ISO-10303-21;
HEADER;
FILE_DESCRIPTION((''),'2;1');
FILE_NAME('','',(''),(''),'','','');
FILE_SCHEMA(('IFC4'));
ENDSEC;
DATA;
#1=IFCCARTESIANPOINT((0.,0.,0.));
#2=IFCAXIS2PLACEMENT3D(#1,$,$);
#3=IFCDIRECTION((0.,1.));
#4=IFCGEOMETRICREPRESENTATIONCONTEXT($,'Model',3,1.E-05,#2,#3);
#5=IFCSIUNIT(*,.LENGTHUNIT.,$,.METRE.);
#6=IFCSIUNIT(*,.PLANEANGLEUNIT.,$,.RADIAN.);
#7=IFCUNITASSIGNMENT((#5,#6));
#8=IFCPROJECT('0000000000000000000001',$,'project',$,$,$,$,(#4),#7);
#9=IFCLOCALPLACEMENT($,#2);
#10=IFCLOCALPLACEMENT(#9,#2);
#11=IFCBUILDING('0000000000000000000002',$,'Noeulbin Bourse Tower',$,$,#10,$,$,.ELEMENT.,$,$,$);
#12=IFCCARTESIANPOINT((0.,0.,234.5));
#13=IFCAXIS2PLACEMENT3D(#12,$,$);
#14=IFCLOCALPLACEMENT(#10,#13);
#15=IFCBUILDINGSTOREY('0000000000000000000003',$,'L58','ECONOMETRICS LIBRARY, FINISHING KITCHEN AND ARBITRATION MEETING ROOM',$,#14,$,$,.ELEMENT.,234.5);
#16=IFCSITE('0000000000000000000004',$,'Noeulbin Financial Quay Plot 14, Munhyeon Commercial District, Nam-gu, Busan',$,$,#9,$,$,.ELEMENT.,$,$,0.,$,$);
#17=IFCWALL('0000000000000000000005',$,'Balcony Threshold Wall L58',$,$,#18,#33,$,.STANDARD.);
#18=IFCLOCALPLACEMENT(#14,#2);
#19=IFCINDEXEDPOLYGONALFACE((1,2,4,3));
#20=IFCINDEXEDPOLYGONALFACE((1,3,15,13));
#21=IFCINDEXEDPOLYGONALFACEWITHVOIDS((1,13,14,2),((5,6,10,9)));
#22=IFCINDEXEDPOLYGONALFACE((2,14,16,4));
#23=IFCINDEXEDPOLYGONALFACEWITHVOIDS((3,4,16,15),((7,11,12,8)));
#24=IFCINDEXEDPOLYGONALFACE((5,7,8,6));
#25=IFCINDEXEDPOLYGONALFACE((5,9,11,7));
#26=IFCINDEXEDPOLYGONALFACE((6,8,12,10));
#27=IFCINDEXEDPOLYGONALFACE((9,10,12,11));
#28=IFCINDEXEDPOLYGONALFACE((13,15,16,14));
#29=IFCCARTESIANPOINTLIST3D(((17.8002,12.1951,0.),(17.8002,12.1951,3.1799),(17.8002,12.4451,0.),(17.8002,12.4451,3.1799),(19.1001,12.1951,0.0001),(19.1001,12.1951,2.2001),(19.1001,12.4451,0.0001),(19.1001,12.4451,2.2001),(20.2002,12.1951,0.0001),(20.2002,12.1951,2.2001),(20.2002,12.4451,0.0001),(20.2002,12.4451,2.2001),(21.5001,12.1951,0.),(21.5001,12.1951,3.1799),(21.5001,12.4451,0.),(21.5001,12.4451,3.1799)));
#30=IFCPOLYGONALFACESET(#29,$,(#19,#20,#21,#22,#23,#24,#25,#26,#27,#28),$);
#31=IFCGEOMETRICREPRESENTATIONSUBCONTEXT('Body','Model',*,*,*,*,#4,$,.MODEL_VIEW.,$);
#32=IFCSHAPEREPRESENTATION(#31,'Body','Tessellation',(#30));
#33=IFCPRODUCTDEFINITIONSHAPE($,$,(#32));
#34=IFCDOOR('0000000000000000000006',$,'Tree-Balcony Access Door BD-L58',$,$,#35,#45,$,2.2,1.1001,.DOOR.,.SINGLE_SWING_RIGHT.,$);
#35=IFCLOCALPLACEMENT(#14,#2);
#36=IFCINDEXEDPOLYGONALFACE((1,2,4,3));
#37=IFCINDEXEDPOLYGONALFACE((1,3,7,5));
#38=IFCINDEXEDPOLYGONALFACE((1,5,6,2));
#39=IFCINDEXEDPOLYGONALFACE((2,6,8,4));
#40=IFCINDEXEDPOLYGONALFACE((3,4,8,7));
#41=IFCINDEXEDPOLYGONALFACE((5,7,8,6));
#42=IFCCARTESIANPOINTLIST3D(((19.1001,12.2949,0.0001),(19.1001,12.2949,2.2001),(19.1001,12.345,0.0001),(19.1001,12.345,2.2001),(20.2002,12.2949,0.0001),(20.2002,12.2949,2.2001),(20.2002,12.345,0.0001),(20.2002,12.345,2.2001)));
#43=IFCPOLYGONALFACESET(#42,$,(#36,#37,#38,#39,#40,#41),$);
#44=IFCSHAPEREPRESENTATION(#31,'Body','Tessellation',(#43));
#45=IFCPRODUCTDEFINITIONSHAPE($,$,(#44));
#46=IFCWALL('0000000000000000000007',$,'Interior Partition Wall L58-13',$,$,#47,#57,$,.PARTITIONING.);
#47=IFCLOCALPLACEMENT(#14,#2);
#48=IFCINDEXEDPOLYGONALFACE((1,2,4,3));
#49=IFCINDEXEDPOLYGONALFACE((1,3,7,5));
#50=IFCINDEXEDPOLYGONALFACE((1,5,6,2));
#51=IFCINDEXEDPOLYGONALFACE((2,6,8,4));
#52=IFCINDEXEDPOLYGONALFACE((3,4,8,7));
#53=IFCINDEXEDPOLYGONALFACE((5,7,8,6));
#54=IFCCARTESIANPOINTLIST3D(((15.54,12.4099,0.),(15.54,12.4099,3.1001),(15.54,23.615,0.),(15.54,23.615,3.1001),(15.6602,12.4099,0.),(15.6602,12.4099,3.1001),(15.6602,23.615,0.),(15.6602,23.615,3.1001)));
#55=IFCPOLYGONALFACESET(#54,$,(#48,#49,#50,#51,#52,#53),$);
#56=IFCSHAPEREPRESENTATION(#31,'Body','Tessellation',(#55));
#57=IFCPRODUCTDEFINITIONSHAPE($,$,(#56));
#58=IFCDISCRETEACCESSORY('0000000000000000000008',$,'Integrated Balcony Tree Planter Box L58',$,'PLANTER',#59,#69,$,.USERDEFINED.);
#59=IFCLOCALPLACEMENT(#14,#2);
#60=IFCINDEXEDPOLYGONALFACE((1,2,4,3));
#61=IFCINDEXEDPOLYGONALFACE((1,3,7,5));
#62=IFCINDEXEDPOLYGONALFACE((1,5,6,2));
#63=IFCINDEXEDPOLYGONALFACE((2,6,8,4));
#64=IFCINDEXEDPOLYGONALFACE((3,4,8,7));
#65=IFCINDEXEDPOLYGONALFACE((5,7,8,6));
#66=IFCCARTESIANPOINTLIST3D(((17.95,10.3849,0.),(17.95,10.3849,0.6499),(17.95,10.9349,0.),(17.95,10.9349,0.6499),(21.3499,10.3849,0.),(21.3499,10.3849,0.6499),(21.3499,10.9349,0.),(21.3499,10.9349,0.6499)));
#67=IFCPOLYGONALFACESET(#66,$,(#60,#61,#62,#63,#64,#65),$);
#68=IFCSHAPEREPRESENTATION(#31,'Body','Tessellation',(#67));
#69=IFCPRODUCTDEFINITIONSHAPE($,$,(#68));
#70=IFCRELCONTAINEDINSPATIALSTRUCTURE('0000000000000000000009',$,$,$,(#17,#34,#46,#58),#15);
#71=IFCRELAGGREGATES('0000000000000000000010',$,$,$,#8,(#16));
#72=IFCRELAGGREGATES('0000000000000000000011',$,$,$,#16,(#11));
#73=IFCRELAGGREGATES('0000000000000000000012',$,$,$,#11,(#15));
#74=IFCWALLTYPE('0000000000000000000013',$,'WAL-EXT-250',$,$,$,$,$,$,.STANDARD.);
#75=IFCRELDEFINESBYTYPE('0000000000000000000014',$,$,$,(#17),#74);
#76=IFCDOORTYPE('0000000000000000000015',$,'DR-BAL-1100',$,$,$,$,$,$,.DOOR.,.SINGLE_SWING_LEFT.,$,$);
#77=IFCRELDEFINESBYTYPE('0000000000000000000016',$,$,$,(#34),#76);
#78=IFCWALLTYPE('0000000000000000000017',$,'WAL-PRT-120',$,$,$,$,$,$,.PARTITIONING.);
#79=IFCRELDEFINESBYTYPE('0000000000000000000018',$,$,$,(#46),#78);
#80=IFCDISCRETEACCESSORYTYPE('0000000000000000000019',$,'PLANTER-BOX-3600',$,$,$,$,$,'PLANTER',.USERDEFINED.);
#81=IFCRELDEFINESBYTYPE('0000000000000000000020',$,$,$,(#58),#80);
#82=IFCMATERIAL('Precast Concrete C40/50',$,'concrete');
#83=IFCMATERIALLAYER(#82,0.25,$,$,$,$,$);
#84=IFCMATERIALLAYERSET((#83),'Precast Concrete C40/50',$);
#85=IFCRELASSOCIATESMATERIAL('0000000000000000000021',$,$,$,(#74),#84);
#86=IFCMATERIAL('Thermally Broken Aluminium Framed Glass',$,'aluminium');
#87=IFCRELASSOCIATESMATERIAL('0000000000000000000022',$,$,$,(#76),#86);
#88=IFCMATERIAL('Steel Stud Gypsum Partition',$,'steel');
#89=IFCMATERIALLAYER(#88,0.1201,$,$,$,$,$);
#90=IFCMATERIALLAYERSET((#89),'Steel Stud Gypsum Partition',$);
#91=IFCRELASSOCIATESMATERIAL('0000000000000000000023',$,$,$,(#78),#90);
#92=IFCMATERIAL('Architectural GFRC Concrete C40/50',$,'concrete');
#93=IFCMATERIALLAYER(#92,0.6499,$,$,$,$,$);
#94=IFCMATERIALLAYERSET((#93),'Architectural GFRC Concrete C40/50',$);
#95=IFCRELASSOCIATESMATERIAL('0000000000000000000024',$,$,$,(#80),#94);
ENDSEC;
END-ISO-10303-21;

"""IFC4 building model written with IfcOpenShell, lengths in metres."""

from ifc_helpers import new_model, si_unit, direction, frame, frame_2d, origin, origin_2d, place, context, subcontext, project, spatial, rectangle, extrude, material, layer, layer_set, type_object, element, fill, save


model = new_model("IFC4")

# Units and contexts
model_context = context("Model", 3, precision=1e-05, world=origin(), true_north=direction((0.0, 1.0)))
body_context = subcontext(model_context, "Body", "Model", "MODEL_VIEW")
ifc_project = project(units=[si_unit("LENGTHUNIT", "METRE"), si_unit("PLANEANGLEUNIT", "RADIAN")], contexts=[model_context])

# Site, building, storey
site_placement = place(None, origin())
site = spatial("IfcSite", under=ifc_project, at=site_placement, Name="Noeulbin Financial Quay Plot 14, Munhyeon Commercial District, Nam-gu, Busan", CompositionType="ELEMENT", RefElevation=0.0)
building_placement = place(site_placement, origin())
building = spatial("IfcBuilding", under=site, at=building_placement, Name="Noeulbin Bourse Tower", CompositionType="ELEMENT")
storey_placement = place(building_placement, frame((0.0, 0.0, 234.5)))
storey = spatial("IfcBuildingStorey", under=building, at=storey_placement, Name="L58", Description="ECONOMETRICS LIBRARY, FINISHING KITCHEN AND ARBITRATION MEETING ROOM", CompositionType="ELEMENT", Elevation=234.5)

# Wall, opening, door
ifc_material_1 = material(Name="Precast Concrete C40/50", Category="concrete")
ifc_layer_1 = layer(ifc_material_1, 0.25)
ifc_layer_set_1 = layer_set([ifc_layer_1], Name="Precast Concrete C40/50")
wall_type_1 = type_object("IfcWallType", Name="WAL-EXT-250", PredefinedType="STANDARD", material=ifc_layer_set_1)
wall_1_placement = place(storey_placement, frame((17.8, 12.3201, 0.0), z_axis=(0.0, 0.0, 1.0), x_axis=(1.0, 0.0, 0.0)))
wall_1 = element("IfcWall", 1, at=wall_1_placement, inside=storey, type_object=wall_type_1, Name="Balcony Threshold Wall L58", PredefinedType="STANDARD", context=body_context, shape_type="SweptSolid", body=[
    extrude(rectangle(XDim=3.7, YDim=0.25, at=frame_2d((1.8501, 0.0))), origin(), (0.0, 0.0, 1.0), 3.1799),
])
opening_placement = place(wall_1_placement, frame((1.3, 0.0, 0.0)))
opening = element("IfcOpeningElement", 2, at=opening_placement, cuts=wall_1, PredefinedType="OPENING", context=body_context, shape_type="SweptSolid", body=[
    extrude(rectangle(XDim=1.1001, YDim=2.2, at=frame_2d((0.55, 1.1001))), frame((0.0, 0.135, 0.0), z_axis=(0.0, -1.0, 0.0), x_axis=(1.0, 0.0, 0.0)), (0.0, 0.0, 1.0), 0.27),
])
ifc_material_2 = material(Name="Thermally Broken Aluminium Framed Glass", Category="aluminium")
door_type = type_object("IfcDoorType", Name="DR-BAL-1100", OperationType="SINGLE_SWING_LEFT", PredefinedType="DOOR", material=ifc_material_2)
door_placement = place(opening_placement, origin())
door = element("IfcDoor", 3, at=door_placement, inside=storey, type_object=door_type, Name="Tree-Balcony Access Door BD-L58", OperationType="SINGLE_SWING_RIGHT", OverallHeight=2.2, OverallWidth=1.1001, PredefinedType="DOOR", context=body_context, shape_type="SweptSolid", body=[
    extrude(rectangle(XDim=1.1001, YDim=2.2, at=frame_2d((0.55, 1.1001))), frame((0.0, 0.0249, 0.0), z_axis=(0.0, -1.0, 0.0), x_axis=(1.0, 0.0, 0.0)), (0.0, 0.0, 1.0), 0.05),
])
fill(opening, door)

# Wall
ifc_material_3 = material(Name="Steel Stud Gypsum Partition", Category="steel")
ifc_layer_2 = layer(ifc_material_3, 0.1201)
ifc_layer_set_2 = layer_set([ifc_layer_2], Name="Steel Stud Gypsum Partition")
wall_type_2 = type_object("IfcWallType", Name="WAL-PRT-120", PredefinedType="PARTITIONING", material=ifc_layer_set_2)
wall_2_placement = place(storey_placement, frame((15.6001, 12.4099, 0.0), z_axis=(0.0, 0.0, 1.0), x_axis=(0.0, 1.0, 0.0)))
element("IfcWall", 4, at=wall_2_placement, inside=storey, type_object=wall_type_2, Name="Interior Partition Wall L58-13", PredefinedType="PARTITIONING", context=body_context, shape_type="SweptSolid", body=[
    extrude(rectangle(XDim=11.2051, YDim=0.1201, at=frame_2d((5.6025, 0.0))), origin(), (0.0, 0.0, 1.0), 3.1001),
])

# Discrete accessory
ifc_material_4 = material(Name="Architectural GFRC Concrete C40/50", Category="concrete")
ifc_layer_3 = layer(ifc_material_4, 0.6499)
ifc_layer_set_3 = layer_set([ifc_layer_3], Name="Architectural GFRC Concrete C40/50")
discrete_accessory_type = type_object("IfcDiscreteAccessoryType", Name="PLANTER-BOX-3600", ElementType="PLANTER", PredefinedType="USERDEFINED", material=ifc_layer_set_3)
discrete_accessory_placement = place(storey_placement, frame((19.6499, 10.6599, 0.0), z_axis=(0.0, 0.0, 1.0), x_axis=(1.0, 0.0, 0.0)))
element("IfcDiscreteAccessory", 5, at=discrete_accessory_placement, inside=storey, type_object=discrete_accessory_type, Name="Integrated Balcony Tree Planter Box L58", ObjectType="PLANTER", PredefinedType="USERDEFINED", context=body_context, shape_type="SweptSolid", body=[
    extrude(rectangle(XDim=3.3999, YDim=0.55, at=origin_2d()), origin(), (0.0, 0.0, 1.0), 0.6499),
])

save(model, "model.ifc")
